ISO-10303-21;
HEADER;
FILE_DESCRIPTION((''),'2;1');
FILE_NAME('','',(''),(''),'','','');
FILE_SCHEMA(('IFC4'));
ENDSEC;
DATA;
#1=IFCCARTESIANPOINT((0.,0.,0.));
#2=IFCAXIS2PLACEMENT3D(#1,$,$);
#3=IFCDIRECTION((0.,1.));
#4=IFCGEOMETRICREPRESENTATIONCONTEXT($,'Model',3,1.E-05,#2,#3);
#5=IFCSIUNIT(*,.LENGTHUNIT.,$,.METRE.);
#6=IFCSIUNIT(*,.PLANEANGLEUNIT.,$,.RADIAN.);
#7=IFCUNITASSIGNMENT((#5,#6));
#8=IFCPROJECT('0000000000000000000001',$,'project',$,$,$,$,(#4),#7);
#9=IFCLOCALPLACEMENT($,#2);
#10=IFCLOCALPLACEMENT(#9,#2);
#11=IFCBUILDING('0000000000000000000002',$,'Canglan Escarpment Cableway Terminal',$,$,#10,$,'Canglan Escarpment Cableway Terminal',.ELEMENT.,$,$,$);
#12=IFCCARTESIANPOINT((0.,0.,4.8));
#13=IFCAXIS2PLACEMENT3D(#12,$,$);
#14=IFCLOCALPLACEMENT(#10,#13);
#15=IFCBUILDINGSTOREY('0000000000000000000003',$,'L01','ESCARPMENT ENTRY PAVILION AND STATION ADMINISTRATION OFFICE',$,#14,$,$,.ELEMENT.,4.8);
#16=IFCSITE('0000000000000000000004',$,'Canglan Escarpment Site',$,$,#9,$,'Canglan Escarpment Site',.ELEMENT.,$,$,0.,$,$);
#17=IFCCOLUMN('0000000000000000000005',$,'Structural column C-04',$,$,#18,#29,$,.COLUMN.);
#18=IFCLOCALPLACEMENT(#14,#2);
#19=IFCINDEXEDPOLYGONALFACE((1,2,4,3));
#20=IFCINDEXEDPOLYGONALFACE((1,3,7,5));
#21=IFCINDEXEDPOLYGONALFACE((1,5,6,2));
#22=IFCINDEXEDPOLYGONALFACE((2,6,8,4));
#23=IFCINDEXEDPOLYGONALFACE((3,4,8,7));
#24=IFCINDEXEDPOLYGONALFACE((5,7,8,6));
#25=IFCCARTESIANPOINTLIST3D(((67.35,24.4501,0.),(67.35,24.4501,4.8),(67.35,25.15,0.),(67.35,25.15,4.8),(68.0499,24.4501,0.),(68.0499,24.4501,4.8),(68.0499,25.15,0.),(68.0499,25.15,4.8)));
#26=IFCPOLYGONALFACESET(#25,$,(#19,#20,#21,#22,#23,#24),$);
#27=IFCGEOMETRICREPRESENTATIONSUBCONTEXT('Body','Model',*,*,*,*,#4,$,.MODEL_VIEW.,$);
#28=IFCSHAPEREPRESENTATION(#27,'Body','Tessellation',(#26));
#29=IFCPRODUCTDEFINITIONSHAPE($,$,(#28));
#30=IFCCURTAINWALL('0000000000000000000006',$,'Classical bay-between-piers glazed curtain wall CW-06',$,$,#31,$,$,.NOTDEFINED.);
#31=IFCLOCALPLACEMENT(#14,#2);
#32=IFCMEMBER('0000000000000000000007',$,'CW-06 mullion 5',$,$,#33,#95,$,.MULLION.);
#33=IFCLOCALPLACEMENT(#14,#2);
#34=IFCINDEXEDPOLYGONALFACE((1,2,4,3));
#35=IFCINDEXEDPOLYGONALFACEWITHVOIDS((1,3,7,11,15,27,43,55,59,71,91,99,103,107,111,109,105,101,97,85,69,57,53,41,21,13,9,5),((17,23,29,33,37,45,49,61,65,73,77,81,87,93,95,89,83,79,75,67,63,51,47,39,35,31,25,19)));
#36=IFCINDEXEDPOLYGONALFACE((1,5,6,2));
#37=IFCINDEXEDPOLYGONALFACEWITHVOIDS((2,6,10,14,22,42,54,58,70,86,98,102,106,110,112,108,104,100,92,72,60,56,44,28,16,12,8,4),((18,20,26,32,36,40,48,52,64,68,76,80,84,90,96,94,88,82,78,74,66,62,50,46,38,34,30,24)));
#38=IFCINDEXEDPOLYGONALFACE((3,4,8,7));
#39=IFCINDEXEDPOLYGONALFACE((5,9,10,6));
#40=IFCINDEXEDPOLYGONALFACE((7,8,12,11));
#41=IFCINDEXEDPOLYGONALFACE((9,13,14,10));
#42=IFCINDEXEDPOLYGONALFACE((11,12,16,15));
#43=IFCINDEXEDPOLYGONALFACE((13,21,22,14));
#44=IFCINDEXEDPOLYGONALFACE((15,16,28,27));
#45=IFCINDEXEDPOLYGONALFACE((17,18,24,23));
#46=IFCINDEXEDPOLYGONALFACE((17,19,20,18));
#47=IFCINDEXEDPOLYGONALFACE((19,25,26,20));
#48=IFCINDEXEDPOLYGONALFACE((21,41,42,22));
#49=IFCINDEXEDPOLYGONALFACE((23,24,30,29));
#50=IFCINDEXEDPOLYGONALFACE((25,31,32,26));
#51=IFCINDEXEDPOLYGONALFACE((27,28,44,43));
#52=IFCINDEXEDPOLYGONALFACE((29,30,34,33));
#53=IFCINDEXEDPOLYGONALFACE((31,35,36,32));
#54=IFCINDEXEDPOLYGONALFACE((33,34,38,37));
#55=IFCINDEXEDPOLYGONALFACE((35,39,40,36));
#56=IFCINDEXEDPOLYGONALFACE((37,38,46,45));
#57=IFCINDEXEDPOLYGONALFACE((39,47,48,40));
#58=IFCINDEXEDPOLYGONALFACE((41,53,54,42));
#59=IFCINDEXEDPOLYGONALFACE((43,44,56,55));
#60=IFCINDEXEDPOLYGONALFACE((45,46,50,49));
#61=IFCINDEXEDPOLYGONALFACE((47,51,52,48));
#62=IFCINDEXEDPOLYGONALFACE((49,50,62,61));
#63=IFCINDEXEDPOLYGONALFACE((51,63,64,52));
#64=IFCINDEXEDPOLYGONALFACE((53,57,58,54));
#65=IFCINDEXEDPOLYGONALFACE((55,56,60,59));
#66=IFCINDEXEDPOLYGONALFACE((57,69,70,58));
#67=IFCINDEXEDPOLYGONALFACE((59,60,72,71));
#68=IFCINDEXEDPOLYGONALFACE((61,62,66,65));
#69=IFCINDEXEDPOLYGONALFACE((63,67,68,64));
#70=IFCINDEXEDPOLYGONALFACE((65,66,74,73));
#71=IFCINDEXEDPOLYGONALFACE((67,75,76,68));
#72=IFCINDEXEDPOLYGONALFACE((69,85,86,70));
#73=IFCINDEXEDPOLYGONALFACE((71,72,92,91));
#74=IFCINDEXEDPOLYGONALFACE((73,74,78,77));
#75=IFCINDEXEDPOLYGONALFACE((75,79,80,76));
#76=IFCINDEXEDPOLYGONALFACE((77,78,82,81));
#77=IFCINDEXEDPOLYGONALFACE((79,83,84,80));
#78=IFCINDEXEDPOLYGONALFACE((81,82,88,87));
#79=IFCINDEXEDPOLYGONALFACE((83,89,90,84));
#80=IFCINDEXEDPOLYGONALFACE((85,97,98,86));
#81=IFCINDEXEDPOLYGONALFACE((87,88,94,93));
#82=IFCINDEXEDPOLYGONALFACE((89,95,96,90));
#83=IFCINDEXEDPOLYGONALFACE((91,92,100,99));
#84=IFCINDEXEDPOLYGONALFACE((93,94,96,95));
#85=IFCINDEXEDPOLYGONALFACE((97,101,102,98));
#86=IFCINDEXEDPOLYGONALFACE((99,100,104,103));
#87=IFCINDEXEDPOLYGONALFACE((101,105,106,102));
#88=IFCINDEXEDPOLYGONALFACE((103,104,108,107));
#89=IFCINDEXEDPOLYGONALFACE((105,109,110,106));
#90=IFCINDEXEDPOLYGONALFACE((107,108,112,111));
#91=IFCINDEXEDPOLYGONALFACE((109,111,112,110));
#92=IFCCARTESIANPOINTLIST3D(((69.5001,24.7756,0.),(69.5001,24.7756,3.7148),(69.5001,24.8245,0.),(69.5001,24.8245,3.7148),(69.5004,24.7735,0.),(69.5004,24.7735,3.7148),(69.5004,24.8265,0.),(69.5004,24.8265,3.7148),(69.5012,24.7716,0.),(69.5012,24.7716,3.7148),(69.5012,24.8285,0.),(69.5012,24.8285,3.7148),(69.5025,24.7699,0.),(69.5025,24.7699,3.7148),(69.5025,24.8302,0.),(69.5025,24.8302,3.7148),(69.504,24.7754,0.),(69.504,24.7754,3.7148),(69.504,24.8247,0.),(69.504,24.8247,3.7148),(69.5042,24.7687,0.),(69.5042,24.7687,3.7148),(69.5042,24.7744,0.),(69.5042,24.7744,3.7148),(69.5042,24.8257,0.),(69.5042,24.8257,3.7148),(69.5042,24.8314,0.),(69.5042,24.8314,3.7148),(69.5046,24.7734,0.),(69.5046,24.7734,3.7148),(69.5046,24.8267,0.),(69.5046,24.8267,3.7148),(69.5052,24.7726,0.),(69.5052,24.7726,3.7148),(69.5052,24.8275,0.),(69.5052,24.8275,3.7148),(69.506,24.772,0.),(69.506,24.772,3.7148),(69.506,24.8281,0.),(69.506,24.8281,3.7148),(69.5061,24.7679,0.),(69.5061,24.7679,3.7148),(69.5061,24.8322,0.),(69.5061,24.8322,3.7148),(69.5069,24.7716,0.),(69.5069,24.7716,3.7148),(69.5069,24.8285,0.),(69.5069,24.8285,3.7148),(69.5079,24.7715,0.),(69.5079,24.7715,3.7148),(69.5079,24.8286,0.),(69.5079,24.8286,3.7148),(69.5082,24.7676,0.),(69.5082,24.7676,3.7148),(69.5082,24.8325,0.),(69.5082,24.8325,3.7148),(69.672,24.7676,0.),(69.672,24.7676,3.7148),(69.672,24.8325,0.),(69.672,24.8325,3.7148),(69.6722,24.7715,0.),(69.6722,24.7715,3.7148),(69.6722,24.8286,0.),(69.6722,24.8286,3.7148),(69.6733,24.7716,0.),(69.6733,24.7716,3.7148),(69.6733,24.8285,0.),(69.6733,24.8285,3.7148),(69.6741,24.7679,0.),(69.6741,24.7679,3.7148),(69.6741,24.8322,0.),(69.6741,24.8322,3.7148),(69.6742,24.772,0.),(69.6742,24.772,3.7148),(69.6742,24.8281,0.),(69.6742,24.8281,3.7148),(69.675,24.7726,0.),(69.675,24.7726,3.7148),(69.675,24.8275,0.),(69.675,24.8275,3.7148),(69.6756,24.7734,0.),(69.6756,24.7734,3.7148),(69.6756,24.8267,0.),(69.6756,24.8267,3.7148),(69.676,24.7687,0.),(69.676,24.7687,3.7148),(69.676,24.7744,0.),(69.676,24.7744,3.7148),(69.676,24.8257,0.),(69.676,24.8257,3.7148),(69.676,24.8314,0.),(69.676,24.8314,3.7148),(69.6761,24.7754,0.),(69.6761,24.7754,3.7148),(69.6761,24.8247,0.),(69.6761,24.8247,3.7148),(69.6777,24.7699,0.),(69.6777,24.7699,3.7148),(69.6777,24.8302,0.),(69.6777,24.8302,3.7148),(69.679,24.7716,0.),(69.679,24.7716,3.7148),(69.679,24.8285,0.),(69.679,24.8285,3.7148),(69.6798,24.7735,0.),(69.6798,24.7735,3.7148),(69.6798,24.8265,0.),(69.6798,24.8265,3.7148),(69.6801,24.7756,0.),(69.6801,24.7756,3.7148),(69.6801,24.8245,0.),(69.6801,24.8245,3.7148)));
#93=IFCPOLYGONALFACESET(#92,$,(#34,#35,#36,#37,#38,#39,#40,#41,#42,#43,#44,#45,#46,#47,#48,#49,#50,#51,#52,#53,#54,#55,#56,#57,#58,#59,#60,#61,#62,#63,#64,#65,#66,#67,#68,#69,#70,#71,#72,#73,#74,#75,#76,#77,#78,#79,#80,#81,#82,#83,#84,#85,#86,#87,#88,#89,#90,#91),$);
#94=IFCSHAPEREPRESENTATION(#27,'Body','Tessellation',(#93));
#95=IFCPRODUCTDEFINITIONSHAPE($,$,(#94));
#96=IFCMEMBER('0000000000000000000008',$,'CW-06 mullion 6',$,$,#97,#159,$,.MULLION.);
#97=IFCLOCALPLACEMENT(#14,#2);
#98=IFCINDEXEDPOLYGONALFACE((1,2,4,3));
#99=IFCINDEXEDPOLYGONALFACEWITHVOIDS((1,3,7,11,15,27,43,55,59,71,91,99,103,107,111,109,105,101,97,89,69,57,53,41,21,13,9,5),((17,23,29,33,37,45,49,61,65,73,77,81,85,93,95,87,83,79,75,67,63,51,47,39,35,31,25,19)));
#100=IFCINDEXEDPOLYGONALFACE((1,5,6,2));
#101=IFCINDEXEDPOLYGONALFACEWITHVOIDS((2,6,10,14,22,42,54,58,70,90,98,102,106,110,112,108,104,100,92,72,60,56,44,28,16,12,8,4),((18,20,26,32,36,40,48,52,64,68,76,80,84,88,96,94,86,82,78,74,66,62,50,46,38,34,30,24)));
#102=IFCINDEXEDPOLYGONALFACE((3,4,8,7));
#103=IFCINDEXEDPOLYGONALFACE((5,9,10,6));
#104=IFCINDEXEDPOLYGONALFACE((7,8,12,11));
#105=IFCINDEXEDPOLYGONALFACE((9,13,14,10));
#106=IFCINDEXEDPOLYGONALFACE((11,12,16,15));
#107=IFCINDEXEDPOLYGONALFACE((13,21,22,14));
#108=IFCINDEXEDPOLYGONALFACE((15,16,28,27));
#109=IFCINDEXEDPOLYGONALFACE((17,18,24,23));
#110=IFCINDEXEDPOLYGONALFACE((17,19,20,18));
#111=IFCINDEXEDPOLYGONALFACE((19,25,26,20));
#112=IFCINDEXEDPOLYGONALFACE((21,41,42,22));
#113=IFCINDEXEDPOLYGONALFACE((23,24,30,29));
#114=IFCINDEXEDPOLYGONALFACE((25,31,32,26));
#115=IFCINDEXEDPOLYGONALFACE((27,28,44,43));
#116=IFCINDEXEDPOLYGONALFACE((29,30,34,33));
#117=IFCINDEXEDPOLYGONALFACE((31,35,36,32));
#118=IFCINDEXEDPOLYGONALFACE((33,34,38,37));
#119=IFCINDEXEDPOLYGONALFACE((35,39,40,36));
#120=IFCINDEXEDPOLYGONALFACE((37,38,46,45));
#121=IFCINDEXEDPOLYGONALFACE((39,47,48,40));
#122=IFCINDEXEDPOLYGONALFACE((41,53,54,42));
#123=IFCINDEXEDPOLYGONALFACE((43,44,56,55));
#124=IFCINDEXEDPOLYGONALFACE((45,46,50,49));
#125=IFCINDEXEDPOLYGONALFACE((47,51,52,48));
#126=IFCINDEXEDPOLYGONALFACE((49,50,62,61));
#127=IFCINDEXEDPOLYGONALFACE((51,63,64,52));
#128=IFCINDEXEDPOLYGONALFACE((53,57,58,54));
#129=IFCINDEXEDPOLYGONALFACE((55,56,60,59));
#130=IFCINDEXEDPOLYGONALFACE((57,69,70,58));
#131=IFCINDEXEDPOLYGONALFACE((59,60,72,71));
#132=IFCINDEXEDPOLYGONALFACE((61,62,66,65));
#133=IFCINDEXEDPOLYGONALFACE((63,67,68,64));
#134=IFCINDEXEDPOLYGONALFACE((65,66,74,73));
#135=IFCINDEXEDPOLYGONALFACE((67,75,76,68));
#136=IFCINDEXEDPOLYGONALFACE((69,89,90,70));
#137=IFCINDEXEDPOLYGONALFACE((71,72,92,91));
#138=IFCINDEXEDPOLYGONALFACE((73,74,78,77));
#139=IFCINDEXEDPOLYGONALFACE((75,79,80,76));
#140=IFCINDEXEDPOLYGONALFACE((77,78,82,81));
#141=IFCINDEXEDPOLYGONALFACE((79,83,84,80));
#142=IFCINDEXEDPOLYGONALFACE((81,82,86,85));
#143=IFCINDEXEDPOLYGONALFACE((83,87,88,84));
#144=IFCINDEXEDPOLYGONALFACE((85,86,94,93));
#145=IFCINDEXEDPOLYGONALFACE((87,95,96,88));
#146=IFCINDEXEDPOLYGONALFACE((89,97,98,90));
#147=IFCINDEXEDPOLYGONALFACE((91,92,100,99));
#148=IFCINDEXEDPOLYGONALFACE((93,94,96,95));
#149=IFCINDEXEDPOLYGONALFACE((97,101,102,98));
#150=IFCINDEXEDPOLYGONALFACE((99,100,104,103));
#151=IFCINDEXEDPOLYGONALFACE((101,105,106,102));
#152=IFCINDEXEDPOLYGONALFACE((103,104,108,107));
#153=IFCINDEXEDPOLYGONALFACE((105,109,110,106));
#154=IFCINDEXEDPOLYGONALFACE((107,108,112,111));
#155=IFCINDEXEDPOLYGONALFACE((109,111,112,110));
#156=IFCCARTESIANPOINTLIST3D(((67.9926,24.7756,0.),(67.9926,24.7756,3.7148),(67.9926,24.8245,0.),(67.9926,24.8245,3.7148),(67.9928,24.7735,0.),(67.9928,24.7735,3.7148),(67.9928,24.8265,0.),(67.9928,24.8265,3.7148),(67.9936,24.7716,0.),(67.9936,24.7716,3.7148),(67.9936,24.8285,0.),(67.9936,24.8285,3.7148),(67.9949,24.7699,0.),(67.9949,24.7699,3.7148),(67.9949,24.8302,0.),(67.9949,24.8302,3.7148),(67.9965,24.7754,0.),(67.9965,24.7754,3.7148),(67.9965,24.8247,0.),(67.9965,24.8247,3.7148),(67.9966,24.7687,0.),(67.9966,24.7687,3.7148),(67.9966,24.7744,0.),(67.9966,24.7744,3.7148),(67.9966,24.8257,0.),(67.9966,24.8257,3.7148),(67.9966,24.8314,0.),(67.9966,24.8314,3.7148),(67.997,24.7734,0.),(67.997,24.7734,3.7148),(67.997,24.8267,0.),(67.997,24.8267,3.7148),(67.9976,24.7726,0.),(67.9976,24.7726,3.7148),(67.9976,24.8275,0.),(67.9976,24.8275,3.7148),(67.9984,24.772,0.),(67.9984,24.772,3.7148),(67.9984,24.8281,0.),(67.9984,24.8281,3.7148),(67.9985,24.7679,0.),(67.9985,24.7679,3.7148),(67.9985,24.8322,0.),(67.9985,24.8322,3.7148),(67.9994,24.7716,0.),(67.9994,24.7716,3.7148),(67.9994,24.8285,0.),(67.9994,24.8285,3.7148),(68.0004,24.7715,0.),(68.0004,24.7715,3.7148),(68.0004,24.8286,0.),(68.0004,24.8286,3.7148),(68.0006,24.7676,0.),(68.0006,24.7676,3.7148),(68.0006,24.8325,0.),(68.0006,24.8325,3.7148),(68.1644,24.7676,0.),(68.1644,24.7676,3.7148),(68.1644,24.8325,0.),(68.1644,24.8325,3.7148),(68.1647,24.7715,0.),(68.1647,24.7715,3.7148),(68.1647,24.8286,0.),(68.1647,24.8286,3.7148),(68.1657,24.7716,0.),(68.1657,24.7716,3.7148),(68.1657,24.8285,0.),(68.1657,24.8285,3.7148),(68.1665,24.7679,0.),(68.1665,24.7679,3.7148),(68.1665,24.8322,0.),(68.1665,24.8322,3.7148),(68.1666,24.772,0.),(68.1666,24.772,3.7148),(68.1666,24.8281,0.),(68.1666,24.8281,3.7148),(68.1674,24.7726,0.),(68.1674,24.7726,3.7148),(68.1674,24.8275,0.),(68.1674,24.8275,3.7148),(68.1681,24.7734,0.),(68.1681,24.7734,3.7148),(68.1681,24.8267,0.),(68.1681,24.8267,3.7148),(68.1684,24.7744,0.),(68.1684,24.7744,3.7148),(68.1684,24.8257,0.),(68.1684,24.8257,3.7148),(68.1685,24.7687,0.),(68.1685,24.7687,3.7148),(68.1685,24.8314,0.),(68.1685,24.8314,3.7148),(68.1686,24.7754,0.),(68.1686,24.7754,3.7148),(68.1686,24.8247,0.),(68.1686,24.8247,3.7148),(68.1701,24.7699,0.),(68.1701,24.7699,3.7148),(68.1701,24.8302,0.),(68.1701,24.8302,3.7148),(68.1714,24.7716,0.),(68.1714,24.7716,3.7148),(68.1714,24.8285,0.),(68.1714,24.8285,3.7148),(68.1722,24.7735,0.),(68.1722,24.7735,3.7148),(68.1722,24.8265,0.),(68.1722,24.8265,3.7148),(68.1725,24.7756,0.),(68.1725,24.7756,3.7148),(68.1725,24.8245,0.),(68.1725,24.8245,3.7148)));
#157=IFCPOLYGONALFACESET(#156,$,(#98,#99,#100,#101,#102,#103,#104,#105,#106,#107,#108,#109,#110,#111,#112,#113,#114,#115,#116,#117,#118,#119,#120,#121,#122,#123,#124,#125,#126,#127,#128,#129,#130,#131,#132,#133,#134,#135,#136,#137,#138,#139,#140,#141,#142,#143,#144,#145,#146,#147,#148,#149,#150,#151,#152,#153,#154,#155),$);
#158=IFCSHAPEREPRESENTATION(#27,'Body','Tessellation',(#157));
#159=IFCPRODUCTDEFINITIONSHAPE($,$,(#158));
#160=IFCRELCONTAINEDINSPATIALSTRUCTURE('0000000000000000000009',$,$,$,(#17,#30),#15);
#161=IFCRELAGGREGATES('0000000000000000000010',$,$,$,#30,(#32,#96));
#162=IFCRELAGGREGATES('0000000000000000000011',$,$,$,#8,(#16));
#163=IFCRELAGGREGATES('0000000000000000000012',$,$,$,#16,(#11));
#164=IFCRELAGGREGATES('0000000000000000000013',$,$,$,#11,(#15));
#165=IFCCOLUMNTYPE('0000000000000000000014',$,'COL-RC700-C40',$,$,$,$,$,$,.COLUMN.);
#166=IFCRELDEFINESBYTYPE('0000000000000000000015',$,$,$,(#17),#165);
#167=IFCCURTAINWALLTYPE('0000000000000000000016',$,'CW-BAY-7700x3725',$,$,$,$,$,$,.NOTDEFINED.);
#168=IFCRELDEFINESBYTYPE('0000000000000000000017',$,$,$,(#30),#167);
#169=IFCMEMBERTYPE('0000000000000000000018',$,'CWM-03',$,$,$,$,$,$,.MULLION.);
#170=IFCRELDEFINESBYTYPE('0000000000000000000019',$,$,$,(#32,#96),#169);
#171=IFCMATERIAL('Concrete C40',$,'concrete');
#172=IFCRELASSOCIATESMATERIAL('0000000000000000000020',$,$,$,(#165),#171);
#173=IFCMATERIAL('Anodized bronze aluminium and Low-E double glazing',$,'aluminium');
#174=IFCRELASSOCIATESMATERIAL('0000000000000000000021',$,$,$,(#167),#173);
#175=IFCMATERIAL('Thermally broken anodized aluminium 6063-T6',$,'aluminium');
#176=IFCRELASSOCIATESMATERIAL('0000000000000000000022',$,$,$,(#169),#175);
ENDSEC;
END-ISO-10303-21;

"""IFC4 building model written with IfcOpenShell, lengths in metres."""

from ifc_helpers import new_model, si_unit, direction, frame, origin, origin_2d, place, context, subcontext, project, spatial, rectangle, hollow_rectangle, extrude, material, material_profile, profile_set, type_object, element, aggregate, save


model = new_model("IFC4")

# Units and contexts
model_context = context("Model", 3, precision=1e-05, world=origin(), true_north=direction((0.0, 1.0)))
body_context = subcontext(model_context, "Body", "Model", "MODEL_VIEW")
ifc_project = project(units=[si_unit("LENGTHUNIT", "METRE"), si_unit("PLANEANGLEUNIT", "RADIAN")], contexts=[model_context])

# Site, building, storey
site_placement = place(None, origin())
site = spatial("IfcSite", under=ifc_project, at=site_placement, Name="Canglan Escarpment Site", LongName="Canglan Escarpment Site", CompositionType="ELEMENT", RefElevation=0.0)
building_placement = place(site_placement, origin())
building = spatial("IfcBuilding", under=site, at=building_placement, Name="Canglan Escarpment Cableway Terminal", LongName="Canglan Escarpment Cableway Terminal", CompositionType="ELEMENT")
storey_placement = place(building_placement, frame((0.0, 0.0, 4.8)))
storey = spatial("IfcBuildingStorey", under=building, at=storey_placement, Name="L01", Description="ESCARPMENT ENTRY PAVILION AND STATION ADMINISTRATION OFFICE", CompositionType="ELEMENT", Elevation=4.8)

# Column
ifc_material_1 = material(Name="Concrete C40", Category="concrete")
ifc_material_profile_1 = material_profile(ifc_material_1, rectangle(XDim=0.7, YDim=0.7, at=origin_2d()), Name="RC 700x700")
ifc_profile_set_1 = profile_set([ifc_material_profile_1], Name="Concrete C40")
column_type = type_object("IfcColumnType", Name="COL-RC700-C40", PredefinedType="COLUMN", material=ifc_profile_set_1)
column_placement = place(storey_placement, frame((67.7, 24.8, 0.0), z_axis=(0.0, 0.0, 1.0), x_axis=(1.0, 0.0, 0.0)))
element("IfcColumn", 1, at=column_placement, inside=storey, type_object=column_type, Name="Structural column C-04", PredefinedType="COLUMN", context=body_context, shape_type="SweptSolid", body=[
    extrude(rectangle(XDim=0.7, YDim=0.7, at=origin_2d()), origin(), (0.0, 0.0, 1.0), 4.8),
])

# Curtain wall, members
ifc_material_2 = material(Name="Anodized bronze aluminium and Low-E double glazing", Category="aluminium")
curtain_wall_type = type_object("IfcCurtainWallType", Name="CW-BAY-7700x3725", PredefinedType="NOTDEFINED", material=ifc_material_2)
curtain_wall_placement = place(storey_placement, origin())
curtain_wall = element("IfcCurtainWall", 2, at=curtain_wall_placement, inside=storey, type_object=curtain_wall_type, Name="Classical bay-between-piers glazed curtain wall CW-06", PredefinedType="NOTDEFINED")
ifc_material_3 = material(Name="Thermally broken anodized aluminium 6063-T6", Category="aluminium")
ifc_material_profile_2 = material_profile(ifc_material_3, hollow_rectangle(XDim=0.0649, YDim=0.1799, WallThickness=0.0039, InnerFilletRadius=0.0039, OuterFilletRadius=0.0081, at=origin_2d()), Name="ALU-MULL 65x180x4")
ifc_profile_set_2 = profile_set([ifc_material_profile_2], Name="Thermally broken anodized aluminium 6063-T6")
member_type_1 = type_object("IfcMemberType", Name="CWM-03", PredefinedType="MULLION", material=ifc_profile_set_2)
member_1_placement = place(storey_placement, frame((69.5901, 24.8, 0.0), z_axis=(0.0, 0.0, 1.0), x_axis=(0.0, -1.0, 0.0)))
member_1 = element("IfcMember", 3, at=member_1_placement, type_object=member_type_1, Name="CW-06 mullion 5", PredefinedType="MULLION", context=body_context, shape_type="SweptSolid", body=[
    extrude(hollow_rectangle(XDim=0.0649, YDim=0.1799, WallThickness=0.0039, InnerFilletRadius=0.0039, OuterFilletRadius=0.0081, at=origin_2d()), origin(), (0.0, 0.0, 1.0), 3.7148),
])
member_2_placement = place(storey_placement, frame((68.0825, 24.8, 0.0), z_axis=(0.0, 0.0, 1.0), x_axis=(0.0, -1.0, 0.0)))
member_2 = element("IfcMember", 4, at=member_2_placement, type_object=member_type_1, Name="CW-06 mullion 6", PredefinedType="MULLION", context=body_context, shape_type="SweptSolid", body=[
    extrude(hollow_rectangle(XDim=0.0649, YDim=0.1799, WallThickness=0.0039, InnerFilletRadius=0.0039, OuterFilletRadius=0.0081, at=origin_2d()), origin(), (0.0, 0.0, 1.0), 3.7148),
])

aggregate(curtain_wall, [member_1, member_2])

save(model, "model.ifc")
